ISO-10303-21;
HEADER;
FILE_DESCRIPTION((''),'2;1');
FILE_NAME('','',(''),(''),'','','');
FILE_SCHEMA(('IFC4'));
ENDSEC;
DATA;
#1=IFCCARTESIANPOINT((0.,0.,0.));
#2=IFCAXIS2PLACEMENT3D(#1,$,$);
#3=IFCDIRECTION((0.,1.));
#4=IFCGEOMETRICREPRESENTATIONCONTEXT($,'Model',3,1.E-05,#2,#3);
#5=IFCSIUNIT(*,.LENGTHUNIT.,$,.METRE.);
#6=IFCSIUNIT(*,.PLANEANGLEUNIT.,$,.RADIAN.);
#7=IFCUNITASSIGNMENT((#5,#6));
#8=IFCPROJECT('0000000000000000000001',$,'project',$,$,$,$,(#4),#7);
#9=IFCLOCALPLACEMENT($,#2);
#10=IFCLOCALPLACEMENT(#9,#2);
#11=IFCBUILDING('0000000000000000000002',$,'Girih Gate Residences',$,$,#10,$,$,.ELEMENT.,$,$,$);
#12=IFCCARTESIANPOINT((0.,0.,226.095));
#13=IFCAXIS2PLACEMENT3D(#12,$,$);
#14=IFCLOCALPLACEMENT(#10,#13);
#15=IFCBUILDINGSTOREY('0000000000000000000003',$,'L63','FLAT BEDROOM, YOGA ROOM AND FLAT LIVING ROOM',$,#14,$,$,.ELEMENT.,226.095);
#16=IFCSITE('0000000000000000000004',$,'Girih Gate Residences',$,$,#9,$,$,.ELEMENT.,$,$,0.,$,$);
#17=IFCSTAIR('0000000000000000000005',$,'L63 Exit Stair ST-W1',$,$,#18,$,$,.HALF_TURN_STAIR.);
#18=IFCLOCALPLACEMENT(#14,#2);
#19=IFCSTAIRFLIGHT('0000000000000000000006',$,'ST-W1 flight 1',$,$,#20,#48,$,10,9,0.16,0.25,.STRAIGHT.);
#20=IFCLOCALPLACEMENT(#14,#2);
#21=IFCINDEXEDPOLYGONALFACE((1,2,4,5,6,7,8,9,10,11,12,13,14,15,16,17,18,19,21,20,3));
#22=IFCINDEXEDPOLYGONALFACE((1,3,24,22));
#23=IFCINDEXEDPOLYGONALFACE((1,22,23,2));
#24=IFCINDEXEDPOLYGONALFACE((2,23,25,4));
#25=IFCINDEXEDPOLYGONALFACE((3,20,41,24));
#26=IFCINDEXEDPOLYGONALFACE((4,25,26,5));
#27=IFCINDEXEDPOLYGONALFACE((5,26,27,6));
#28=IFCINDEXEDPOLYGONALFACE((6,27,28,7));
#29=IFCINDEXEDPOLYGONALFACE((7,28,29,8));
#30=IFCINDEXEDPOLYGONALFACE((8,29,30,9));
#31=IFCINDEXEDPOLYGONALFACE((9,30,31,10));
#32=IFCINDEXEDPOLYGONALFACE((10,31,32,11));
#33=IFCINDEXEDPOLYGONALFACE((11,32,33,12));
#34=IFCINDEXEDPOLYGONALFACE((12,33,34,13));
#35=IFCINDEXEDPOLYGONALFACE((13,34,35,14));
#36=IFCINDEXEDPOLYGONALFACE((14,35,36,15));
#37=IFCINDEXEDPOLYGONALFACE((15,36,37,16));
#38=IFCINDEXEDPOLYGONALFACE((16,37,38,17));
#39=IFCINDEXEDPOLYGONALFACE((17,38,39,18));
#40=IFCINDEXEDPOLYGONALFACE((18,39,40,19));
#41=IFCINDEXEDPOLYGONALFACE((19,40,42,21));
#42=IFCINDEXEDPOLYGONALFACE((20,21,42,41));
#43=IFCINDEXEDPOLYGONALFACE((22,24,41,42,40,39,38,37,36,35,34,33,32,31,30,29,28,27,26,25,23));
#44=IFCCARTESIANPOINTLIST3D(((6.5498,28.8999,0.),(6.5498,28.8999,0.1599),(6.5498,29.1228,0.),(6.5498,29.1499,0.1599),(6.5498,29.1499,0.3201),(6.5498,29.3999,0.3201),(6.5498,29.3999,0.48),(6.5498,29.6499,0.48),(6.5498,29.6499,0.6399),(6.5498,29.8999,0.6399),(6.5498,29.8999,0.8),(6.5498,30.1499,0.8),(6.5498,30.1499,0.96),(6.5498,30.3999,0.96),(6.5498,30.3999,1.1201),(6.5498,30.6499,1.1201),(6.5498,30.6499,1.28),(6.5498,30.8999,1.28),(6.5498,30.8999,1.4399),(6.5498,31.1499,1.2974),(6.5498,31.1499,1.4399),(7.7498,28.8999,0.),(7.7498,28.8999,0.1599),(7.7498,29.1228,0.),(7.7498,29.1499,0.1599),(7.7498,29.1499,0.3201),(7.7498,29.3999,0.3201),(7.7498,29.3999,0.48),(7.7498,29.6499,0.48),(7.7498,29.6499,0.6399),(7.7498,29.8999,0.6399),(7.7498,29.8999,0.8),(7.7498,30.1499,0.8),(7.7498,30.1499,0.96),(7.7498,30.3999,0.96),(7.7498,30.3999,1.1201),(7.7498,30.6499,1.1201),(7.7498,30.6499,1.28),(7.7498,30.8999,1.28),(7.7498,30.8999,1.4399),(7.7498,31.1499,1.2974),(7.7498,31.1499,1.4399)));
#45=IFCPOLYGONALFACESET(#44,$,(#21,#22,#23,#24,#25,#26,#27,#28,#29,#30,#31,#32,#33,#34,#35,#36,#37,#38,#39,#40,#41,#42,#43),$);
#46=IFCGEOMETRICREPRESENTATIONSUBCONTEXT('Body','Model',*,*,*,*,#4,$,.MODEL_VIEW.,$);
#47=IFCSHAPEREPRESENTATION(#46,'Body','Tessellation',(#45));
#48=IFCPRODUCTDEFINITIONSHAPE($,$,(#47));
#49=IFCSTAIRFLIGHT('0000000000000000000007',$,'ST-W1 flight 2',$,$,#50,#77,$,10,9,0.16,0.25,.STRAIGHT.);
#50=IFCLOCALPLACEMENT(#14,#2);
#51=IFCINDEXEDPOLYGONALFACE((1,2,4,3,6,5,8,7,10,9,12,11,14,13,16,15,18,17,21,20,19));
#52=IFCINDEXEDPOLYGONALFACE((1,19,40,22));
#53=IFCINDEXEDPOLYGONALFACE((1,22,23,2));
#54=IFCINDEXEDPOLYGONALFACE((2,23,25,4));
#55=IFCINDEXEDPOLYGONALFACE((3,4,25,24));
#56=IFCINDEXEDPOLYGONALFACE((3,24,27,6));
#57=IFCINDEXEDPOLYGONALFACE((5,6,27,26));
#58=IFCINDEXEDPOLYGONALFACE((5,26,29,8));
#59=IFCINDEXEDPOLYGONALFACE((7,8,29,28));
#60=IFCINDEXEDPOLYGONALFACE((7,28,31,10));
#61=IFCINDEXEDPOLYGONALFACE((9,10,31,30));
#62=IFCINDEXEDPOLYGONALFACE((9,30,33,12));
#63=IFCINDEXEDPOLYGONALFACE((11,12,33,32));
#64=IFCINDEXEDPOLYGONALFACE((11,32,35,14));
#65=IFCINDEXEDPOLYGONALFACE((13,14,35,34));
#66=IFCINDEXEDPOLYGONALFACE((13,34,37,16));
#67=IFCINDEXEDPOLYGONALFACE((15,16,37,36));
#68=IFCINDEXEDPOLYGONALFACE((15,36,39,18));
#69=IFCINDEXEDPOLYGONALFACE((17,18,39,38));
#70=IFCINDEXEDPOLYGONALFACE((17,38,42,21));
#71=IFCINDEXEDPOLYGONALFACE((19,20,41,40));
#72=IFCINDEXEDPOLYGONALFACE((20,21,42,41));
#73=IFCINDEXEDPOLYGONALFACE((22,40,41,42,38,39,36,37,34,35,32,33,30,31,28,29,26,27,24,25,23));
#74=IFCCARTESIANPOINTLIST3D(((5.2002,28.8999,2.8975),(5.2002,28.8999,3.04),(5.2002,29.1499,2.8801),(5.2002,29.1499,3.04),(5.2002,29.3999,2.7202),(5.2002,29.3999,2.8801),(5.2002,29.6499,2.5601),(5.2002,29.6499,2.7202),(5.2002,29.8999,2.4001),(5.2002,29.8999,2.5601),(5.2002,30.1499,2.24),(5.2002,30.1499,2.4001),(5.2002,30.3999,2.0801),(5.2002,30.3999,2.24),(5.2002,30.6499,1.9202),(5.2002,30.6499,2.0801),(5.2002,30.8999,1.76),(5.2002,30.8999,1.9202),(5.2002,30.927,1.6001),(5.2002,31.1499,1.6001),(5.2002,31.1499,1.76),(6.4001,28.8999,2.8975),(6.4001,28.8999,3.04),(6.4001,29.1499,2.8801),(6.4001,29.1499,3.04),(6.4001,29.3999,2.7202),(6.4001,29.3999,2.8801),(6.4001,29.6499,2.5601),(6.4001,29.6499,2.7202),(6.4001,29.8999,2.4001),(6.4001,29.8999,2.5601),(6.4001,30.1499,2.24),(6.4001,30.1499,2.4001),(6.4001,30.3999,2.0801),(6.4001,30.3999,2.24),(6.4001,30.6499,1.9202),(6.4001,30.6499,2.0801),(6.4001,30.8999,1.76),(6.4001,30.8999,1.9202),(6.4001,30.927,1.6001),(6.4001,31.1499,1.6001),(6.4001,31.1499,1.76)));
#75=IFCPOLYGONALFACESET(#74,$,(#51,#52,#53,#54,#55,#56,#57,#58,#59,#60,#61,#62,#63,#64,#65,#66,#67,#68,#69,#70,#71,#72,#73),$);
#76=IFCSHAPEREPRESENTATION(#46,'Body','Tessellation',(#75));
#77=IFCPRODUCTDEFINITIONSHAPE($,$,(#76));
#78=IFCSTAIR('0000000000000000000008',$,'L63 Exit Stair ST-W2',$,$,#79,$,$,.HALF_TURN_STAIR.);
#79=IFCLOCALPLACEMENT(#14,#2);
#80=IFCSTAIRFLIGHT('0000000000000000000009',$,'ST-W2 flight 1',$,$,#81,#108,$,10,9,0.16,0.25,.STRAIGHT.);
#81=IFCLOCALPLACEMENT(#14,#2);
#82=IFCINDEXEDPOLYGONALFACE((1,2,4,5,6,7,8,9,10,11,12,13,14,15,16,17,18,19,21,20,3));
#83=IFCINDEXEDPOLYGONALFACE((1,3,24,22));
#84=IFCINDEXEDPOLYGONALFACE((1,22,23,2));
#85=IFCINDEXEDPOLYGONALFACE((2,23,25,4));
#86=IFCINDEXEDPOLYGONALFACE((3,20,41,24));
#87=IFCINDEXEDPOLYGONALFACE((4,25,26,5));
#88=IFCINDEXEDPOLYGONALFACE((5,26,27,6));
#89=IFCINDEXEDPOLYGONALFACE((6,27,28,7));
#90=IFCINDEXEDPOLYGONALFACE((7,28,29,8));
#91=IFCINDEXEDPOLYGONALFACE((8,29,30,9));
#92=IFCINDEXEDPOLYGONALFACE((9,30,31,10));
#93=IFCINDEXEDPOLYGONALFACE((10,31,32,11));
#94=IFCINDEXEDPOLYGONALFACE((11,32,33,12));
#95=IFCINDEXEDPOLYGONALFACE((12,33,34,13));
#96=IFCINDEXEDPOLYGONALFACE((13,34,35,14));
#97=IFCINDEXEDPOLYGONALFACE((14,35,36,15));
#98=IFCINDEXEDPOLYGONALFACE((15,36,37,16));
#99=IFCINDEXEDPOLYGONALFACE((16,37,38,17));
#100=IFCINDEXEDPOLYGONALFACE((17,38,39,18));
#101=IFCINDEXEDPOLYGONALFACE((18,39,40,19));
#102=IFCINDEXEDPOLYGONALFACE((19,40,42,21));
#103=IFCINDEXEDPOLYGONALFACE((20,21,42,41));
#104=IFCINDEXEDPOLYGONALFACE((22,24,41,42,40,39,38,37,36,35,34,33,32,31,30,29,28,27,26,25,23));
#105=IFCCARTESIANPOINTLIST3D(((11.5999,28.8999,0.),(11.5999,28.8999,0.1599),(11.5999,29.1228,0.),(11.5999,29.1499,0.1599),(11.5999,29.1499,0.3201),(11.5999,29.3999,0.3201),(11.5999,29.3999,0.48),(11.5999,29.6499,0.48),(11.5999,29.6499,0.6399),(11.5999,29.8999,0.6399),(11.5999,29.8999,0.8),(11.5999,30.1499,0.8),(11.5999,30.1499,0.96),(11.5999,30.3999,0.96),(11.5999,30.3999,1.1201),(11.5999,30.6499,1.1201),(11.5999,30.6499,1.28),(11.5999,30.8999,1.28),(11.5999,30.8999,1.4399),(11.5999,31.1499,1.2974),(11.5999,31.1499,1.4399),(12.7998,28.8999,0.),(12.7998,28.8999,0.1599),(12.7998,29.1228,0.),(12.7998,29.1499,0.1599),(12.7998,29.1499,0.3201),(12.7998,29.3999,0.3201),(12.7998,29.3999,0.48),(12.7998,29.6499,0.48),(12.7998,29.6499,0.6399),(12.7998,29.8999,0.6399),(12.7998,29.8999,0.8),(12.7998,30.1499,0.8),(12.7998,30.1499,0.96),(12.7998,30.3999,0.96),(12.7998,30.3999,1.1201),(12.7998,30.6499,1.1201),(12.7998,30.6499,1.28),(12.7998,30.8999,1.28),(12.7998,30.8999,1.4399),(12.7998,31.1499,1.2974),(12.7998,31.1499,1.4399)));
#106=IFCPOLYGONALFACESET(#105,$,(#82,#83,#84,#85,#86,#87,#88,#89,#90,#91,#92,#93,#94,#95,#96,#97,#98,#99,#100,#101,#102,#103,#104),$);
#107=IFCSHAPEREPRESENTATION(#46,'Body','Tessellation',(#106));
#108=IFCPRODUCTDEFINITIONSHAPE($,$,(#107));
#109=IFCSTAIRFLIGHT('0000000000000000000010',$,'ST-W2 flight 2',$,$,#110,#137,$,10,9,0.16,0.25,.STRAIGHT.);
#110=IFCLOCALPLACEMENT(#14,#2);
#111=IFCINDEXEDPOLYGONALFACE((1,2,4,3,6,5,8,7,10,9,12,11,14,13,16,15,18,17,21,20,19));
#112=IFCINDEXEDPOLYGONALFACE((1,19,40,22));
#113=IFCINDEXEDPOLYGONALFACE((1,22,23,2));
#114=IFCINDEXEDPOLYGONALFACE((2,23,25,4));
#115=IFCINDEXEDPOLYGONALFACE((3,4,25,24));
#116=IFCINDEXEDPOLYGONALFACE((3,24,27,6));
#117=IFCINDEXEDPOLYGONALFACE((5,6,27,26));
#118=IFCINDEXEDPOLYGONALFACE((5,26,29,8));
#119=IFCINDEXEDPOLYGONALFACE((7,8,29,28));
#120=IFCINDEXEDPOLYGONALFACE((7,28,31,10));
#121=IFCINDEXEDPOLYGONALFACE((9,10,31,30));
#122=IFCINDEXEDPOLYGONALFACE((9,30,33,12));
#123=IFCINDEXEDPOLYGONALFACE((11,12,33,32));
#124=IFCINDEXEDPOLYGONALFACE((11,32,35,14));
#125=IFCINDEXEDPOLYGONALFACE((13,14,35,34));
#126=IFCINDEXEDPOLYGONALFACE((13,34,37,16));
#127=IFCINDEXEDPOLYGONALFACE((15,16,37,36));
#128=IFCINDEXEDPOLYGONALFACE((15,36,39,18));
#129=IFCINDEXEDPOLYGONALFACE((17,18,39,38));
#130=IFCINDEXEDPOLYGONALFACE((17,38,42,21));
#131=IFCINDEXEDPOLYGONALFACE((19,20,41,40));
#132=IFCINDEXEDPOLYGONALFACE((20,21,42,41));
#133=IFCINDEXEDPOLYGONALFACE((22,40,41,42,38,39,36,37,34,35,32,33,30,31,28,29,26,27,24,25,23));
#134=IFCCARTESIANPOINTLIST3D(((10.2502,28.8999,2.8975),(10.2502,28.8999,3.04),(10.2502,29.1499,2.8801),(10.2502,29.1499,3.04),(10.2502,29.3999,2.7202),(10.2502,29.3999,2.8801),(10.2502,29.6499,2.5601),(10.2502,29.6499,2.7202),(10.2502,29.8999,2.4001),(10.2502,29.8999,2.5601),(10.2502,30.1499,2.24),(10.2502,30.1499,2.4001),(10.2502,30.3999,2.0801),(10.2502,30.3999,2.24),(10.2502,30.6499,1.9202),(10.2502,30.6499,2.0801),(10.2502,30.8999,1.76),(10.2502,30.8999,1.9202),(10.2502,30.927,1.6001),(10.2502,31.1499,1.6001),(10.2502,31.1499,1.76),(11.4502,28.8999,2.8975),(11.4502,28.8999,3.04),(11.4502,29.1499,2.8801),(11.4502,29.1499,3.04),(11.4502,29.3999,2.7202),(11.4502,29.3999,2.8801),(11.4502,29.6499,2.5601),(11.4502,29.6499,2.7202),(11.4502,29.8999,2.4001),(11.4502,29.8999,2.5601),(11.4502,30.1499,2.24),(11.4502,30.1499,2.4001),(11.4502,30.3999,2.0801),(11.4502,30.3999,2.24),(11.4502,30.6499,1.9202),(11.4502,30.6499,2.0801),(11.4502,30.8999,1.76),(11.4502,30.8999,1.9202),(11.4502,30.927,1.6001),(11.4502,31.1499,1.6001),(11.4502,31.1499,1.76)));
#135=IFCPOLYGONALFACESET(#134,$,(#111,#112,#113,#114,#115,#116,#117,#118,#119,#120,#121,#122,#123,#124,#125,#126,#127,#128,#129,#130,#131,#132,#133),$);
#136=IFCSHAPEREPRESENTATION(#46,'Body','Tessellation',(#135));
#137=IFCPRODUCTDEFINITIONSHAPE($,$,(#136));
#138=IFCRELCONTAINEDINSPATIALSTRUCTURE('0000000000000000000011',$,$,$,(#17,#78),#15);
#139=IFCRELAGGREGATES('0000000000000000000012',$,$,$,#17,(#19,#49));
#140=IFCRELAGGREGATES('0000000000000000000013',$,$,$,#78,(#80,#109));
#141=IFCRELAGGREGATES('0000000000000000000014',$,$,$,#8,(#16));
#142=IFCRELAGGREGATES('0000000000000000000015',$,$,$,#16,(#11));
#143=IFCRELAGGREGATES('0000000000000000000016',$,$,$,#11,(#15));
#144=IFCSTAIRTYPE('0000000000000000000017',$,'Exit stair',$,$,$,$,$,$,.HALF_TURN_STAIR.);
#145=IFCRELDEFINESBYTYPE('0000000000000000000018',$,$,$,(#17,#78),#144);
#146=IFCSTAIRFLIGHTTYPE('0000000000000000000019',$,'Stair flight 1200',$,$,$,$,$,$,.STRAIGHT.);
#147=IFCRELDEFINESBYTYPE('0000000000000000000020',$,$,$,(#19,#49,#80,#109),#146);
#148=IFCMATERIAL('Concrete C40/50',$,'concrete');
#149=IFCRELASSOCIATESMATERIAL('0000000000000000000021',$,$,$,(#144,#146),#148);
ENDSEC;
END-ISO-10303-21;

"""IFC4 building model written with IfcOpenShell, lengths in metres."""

from ifc_helpers import new_model, si_unit, direction, frame, origin, place, context, subcontext, project, spatial, polyline, outline, extrude, material, type_object, element, aggregate, save


model = new_model("IFC4")

# Units and contexts
model_context = context("Model", 3, precision=1e-05, world=origin(), true_north=direction((0.0, 1.0)))
body_context = subcontext(model_context, "Body", "Model", "MODEL_VIEW")
ifc_project = project(units=[si_unit("LENGTHUNIT", "METRE"), si_unit("PLANEANGLEUNIT", "RADIAN")], contexts=[model_context])

# Site, building, storey
site_placement = place(None, origin())
site = spatial("IfcSite", under=ifc_project, at=site_placement, Name="Girih Gate Residences", CompositionType="ELEMENT", RefElevation=0.0)
building_placement = place(site_placement, origin())
building = spatial("IfcBuilding", under=site, at=building_placement, Name="Girih Gate Residences", CompositionType="ELEMENT")
storey_placement = place(building_placement, frame((0.0, 0.0, 226.095)))
storey = spatial("IfcBuildingStorey", under=building, at=storey_placement, Name="L63", Description="FLAT BEDROOM, YOGA ROOM AND FLAT LIVING ROOM", CompositionType="ELEMENT", Elevation=226.095)

# Shared definitions
ifc_material_1 = material(Name="Concrete C40/50", Category="concrete")

# Stairs, stair flights
stair_type = type_object("IfcStairType", Name="Exit stair", PredefinedType="HALF_TURN_STAIR", material=ifc_material_1)
stair_1_placement = place(storey_placement, origin())
stair_1 = element("IfcStair", 1, at=stair_1_placement, inside=storey, type_object=stair_type, Name="L63 Exit Stair ST-W1", PredefinedType="HALF_TURN_STAIR")
stair_flight_type = type_object("IfcStairFlightType", Name="Stair flight 1200", PredefinedType="STRAIGHT", material=ifc_material_1)
stair_flight_1_placement = place(storey_placement, frame((7.1499, 28.8999, 0.0), z_axis=(0.0, 0.0, 1.0), x_axis=(0.0, 1.0, 0.0)))
stair_flight_1 = element("IfcStairFlight", 2, at=stair_flight_1_placement, type_object=stair_flight_type, Name="ST-W1 flight 1", NumberOfRisers=10, NumberOfTreads=9, PredefinedType="STRAIGHT", RiserHeight=0.16, TreadLength=0.25, context=body_context, shape_type="SweptSolid", body=[
    extrude(outline(polyline([(0.0, 0.0), (0.0, 0.1599), (0.25, 0.1599), (0.25, 0.3201), (0.5, 0.3201), (0.5, 0.48), (0.75, 0.48), (0.75, 0.6399), (1.0, 0.6399), (1.0, 0.8), (1.25, 0.8), (1.25, 0.96), (1.5, 0.96), (1.5, 1.1201), (1.75, 1.1201), (1.75, 1.28), (2.0, 1.28), (2.0, 1.4399), (2.25, 1.4399), (2.25, 1.6001), (2.25, 1.2974), (0.2229, 0.0), (0.0, 0.0)])), frame((0.0, 0.6001, 0.0), z_axis=(0.0, -1.0, 0.0), x_axis=(1.0, 0.0, 0.0)), (0.0, 0.0, 1.0), 1.2),
])
stair_flight_2_placement = place(storey_placement, frame((5.8, 31.1499, 1.6001), z_axis=(0.0, 0.0, 1.0), x_axis=(0.0, -1.0, 0.0)))
stair_flight_2 = element("IfcStairFlight", 3, at=stair_flight_2_placement, type_object=stair_flight_type, Name="ST-W1 flight 2", NumberOfRisers=10, NumberOfTreads=9, PredefinedType="STRAIGHT", RiserHeight=0.16, TreadLength=0.25, context=body_context, shape_type="SweptSolid", body=[
    extrude(outline(polyline([(0.0, 0.0), (0.0, 0.1599), (0.25, 0.1599), (0.25, 0.3201), (0.5, 0.3201), (0.5, 0.48), (0.75, 0.48), (0.75, 0.6399), (1.0, 0.6399), (1.0, 0.8), (1.25, 0.8), (1.25, 0.96), (1.5, 0.96), (1.5, 1.1201), (1.75, 1.1201), (1.75, 1.28), (2.0, 1.28), (2.0, 1.4399), (2.25, 1.4399), (2.25, 1.6001), (2.25, 1.2974), (0.2229, 0.0), (0.0, 0.0)])), frame((0.0, 0.6001, 0.0), z_axis=(0.0, -1.0, 0.0), x_axis=(1.0, 0.0, 0.0)), (0.0, 0.0, 1.0), 1.2),
])
aggregate(stair_1, [stair_flight_1, stair_flight_2])
stair_2_placement = place(storey_placement, origin())
stair_2 = element("IfcStair", 4, at=stair_2_placement, inside=storey, type_object=stair_type, Name="L63 Exit Stair ST-W2", PredefinedType="HALF_TURN_STAIR")
stair_flight_3_placement = place(storey_placement, frame((12.2, 28.8999, 0.0), z_axis=(0.0, 0.0, 1.0), x_axis=(0.0, 1.0, 0.0)))
stair_flight_3 = element("IfcStairFlight", 5, at=stair_flight_3_placement, type_object=stair_flight_type, Name="ST-W2 flight 1", NumberOfRisers=10, NumberOfTreads=9, PredefinedType="STRAIGHT", RiserHeight=0.16, TreadLength=0.25, context=body_context, shape_type="SweptSolid", body=[
    extrude(outline(polyline([(0.0, 0.0), (0.0, 0.1599), (0.25, 0.1599), (0.25, 0.3201), (0.5, 0.3201), (0.5, 0.48), (0.75, 0.48), (0.75, 0.6399), (1.0, 0.6399), (1.0, 0.8), (1.25, 0.8), (1.25, 0.96), (1.5, 0.96), (1.5, 1.1201), (1.75, 1.1201), (1.75, 1.28), (2.0, 1.28), (2.0, 1.4399), (2.25, 1.4399), (2.25, 1.6001), (2.25, 1.2974), (0.2229, 0.0), (0.0, 0.0)])), frame((0.0, 0.6001, 0.0), z_axis=(0.0, -1.0, 0.0), x_axis=(1.0, 0.0, 0.0)), (0.0, 0.0, 1.0), 1.2),
])
stair_flight_4_placement = place(storey_placement, frame((10.8501, 31.1499, 1.6001), z_axis=(0.0, 0.0, 1.0), x_axis=(0.0, -1.0, 0.0)))
stair_flight_4 = element("IfcStairFlight", 6, at=stair_flight_4_placement, type_object=stair_flight_type, Name="ST-W2 flight 2", NumberOfRisers=10, NumberOfTreads=9, PredefinedType="STRAIGHT", RiserHeight=0.16, TreadLength=0.25, context=body_context, shape_type="SweptSolid", body=[
    extrude(outline(polyline([(0.0, 0.0), (0.0, 0.1599), (0.25, 0.1599), (0.25, 0.3201), (0.5, 0.3201), (0.5, 0.48), (0.75, 0.48), (0.75, 0.6399), (1.0, 0.6399), (1.0, 0.8), (1.25, 0.8), (1.25, 0.96), (1.5, 0.96), (1.5, 1.1201), (1.75, 1.1201), (1.75, 1.28), (2.0, 1.28), (2.0, 1.4399), (2.25, 1.4399), (2.25, 1.6001), (2.25, 1.2974), (0.2229, 0.0), (0.0, 0.0)])), frame((0.0, 0.6001, 0.0), z_axis=(0.0, -1.0, 0.0), x_axis=(1.0, 0.0, 0.0)), (0.0, 0.0, 1.0), 1.2),
])
aggregate(stair_2, [stair_flight_3, stair_flight_4])

save(model, "model.ifc")
